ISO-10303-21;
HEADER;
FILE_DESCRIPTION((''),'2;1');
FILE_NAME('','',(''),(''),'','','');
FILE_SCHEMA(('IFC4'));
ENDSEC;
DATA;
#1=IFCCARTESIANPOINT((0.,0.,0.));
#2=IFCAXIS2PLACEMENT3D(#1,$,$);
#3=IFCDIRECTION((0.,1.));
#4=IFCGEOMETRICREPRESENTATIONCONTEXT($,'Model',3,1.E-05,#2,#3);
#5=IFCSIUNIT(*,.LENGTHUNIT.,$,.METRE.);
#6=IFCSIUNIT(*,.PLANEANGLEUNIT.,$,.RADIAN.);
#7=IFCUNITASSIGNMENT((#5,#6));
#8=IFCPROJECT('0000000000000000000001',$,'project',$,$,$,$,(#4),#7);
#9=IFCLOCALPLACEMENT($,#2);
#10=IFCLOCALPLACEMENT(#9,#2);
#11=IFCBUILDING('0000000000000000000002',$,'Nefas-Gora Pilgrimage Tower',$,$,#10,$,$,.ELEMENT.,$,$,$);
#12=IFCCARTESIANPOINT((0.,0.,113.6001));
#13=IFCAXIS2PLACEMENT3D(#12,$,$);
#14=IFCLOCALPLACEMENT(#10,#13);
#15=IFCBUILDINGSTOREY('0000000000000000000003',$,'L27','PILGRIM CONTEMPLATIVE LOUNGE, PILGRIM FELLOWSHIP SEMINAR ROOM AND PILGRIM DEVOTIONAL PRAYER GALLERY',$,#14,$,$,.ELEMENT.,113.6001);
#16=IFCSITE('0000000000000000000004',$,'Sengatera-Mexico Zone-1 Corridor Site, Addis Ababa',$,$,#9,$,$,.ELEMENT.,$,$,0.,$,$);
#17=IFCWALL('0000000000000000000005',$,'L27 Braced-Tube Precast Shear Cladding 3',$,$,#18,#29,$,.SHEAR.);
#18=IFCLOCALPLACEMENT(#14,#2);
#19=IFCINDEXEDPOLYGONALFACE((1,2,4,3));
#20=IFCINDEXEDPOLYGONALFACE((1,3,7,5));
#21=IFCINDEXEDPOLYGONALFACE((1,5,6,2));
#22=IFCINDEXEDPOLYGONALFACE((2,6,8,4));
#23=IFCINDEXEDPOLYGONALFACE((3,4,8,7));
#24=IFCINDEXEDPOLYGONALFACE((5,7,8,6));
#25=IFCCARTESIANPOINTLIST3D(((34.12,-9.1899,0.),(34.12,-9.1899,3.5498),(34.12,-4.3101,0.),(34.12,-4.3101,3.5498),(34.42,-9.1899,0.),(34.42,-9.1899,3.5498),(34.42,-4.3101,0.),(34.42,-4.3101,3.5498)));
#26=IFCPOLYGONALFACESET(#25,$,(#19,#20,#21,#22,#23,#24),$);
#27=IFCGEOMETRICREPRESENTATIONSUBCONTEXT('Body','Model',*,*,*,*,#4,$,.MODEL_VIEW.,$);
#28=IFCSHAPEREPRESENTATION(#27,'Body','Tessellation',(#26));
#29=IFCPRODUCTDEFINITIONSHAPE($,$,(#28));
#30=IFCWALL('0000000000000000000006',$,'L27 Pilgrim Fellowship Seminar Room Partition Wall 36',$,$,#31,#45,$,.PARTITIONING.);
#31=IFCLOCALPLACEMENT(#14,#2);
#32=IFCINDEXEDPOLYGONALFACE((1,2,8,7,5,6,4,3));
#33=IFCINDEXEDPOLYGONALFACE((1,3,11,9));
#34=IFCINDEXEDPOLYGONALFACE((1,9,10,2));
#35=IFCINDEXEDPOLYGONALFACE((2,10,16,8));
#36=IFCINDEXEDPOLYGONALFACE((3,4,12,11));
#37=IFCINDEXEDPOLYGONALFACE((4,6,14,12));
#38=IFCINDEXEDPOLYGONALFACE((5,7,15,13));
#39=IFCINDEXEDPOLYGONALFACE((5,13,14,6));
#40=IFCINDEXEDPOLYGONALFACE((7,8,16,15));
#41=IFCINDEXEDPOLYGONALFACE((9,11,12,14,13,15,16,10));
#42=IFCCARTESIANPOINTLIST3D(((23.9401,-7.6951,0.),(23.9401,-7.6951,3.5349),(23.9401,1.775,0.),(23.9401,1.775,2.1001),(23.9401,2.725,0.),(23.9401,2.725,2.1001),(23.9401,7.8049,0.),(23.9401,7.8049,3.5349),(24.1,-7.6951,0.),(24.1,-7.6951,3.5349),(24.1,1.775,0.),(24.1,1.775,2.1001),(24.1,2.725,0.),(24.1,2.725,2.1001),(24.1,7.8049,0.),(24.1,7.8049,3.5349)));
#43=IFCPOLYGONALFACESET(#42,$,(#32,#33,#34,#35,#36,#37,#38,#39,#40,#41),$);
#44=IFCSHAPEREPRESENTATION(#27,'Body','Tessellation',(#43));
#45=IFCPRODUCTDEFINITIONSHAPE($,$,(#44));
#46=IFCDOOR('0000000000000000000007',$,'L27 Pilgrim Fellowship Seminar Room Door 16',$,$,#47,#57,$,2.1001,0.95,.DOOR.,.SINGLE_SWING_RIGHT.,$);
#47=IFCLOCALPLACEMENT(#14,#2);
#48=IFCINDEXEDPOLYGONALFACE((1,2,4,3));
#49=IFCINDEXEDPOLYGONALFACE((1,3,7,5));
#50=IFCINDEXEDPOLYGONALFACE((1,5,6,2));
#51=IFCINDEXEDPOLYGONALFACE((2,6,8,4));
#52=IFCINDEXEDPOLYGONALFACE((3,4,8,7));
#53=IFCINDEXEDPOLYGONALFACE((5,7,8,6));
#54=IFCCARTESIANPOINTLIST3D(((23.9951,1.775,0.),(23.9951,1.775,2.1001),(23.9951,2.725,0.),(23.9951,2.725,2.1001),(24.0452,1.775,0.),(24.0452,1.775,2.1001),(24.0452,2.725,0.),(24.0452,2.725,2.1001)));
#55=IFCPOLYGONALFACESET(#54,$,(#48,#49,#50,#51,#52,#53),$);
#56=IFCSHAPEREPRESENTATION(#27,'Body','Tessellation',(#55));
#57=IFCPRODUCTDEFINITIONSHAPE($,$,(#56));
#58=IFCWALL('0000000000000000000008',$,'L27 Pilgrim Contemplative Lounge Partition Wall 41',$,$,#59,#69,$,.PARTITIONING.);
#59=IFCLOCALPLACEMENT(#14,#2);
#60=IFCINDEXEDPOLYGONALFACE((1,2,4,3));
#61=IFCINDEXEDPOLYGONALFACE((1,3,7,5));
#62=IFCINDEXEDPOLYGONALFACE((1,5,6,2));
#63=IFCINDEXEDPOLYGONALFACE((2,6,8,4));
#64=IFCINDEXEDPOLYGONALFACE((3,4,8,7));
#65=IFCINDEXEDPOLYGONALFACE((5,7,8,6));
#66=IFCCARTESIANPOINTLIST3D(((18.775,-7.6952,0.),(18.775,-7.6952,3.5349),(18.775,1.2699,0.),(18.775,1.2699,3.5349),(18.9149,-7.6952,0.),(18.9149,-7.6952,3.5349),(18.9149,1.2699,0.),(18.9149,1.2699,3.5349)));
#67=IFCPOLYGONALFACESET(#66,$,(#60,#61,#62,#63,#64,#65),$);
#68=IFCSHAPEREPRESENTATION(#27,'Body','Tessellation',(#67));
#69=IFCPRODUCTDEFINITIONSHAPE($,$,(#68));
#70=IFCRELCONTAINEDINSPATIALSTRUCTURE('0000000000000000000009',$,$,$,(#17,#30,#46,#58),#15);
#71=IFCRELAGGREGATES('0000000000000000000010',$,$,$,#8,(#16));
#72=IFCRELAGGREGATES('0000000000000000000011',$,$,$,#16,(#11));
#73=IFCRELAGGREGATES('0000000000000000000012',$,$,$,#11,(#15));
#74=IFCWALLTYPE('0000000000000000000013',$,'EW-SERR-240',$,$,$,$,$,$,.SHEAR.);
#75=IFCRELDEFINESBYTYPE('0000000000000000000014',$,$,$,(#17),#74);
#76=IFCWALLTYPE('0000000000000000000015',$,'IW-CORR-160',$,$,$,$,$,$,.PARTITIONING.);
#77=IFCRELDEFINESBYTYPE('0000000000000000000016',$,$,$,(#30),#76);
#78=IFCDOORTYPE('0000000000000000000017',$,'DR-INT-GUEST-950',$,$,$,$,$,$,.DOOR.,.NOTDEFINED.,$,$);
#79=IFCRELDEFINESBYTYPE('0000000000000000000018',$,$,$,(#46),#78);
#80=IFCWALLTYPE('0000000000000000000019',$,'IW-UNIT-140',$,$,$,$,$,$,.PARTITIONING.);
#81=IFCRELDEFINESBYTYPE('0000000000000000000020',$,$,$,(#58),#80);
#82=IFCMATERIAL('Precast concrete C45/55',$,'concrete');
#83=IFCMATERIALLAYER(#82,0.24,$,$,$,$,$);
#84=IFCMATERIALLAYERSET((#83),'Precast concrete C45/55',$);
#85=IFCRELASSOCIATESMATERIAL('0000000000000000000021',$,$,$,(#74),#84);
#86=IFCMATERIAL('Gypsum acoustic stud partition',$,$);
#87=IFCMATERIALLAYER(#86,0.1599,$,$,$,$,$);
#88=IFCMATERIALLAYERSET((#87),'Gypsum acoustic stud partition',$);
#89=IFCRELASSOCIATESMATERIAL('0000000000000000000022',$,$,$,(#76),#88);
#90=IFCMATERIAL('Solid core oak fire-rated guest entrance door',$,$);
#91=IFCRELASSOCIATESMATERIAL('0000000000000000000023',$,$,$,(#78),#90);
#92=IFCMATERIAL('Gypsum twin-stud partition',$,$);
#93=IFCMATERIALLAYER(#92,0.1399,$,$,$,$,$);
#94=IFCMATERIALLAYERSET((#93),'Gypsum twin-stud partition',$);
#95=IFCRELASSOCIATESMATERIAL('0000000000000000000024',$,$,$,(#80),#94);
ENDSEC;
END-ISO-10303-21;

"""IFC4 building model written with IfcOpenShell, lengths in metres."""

from ifc_helpers import new_model, si_unit, direction, frame, frame_2d, origin, place, context, subcontext, project, spatial, rectangle, extrude, source, transform, mapped, material, layer, layer_set, type_object, element, fill, save


model = new_model("IFC4")

# Units and contexts
model_context = context("Model", 3, precision=1e-05, world=origin(), true_north=direction((0.0, 1.0)))
body_context = subcontext(model_context, "Body", "Model", "MODEL_VIEW")
ifc_project = project(units=[si_unit("LENGTHUNIT", "METRE"), si_unit("PLANEANGLEUNIT", "RADIAN")], contexts=[model_context])

# Site, building, storey
site_placement = place(None, origin())
site = spatial("IfcSite", under=ifc_project, at=site_placement, Name="Sengatera-Mexico Zone-1 Corridor Site, Addis Ababa", CompositionType="ELEMENT", RefElevation=0.0)
building_placement = place(site_placement, origin())
building = spatial("IfcBuilding", under=site, at=building_placement, Name="Nefas-Gora Pilgrimage Tower", CompositionType="ELEMENT")
storey_placement = place(building_placement, frame((0.0, 0.0, 113.6001)))
storey = spatial("IfcBuildingStorey", under=building, at=storey_placement, Name="L27", Description="PILGRIM CONTEMPLATIVE LOUNGE, PILGRIM FELLOWSHIP SEMINAR ROOM AND PILGRIM DEVOTIONAL PRAYER GALLERY", CompositionType="ELEMENT", Elevation=113.6001)

# Wall
ifc_material_1 = material(Name="Precast concrete C45/55", Category="concrete")
ifc_layer_1 = layer(ifc_material_1, 0.24)
ifc_layer_set_1 = layer_set([ifc_layer_1], Name="Precast concrete C45/55")
wall_type_1 = type_object("IfcWallType", Name="EW-SERR-240", PredefinedType="SHEAR", material=ifc_layer_set_1)
shared_shape_1 = source(origin(), body_context, "Body", "SweptSolid", [
    extrude(rectangle(XDim=4.8799, YDim=0.3, at=frame_2d((2.4399, 0.0))), origin(), (0.0, 0.0, 1.0), 3.5498),
])
wall_1_placement = place(storey_placement, frame((34.27, -9.1899, 0.0), z_axis=(0.0, 0.0, 1.0), x_axis=(0.0, 1.0, 0.0)))
element("IfcWall", 1, at=wall_1_placement, inside=storey, type_object=wall_type_1, Name="L27 Braced-Tube Precast Shear Cladding 3", PredefinedType="SHEAR", context=body_context, shape_type="MappedRepresentation", body=[
    mapped(shared_shape_1, transform((0.0, 0.0, 0.0), x_axis=(1.0, 0.0, 0.0), y_axis=(0.0, 1.0, 0.0), z_axis=(0.0, 0.0, 1.0), scale=1.0)),
])

# Wall, opening, door
ifc_material_2 = material(Name="Gypsum acoustic stud partition")
ifc_layer_2 = layer(ifc_material_2, 0.1599)
ifc_layer_set_2 = layer_set([ifc_layer_2], Name="Gypsum acoustic stud partition")
wall_type_2 = type_object("IfcWallType", Name="IW-CORR-160", PredefinedType="PARTITIONING", material=ifc_layer_set_2)
shared_shape_2 = source(origin(), body_context, "Body", "SweptSolid", [
    extrude(rectangle(XDim=15.5, YDim=0.1599, at=frame_2d((7.75, 0.0))), origin(), (0.0, 0.0, 1.0), 3.5349),
])
wall_2_placement = place(storey_placement, frame((24.02, -7.6951, 0.0), z_axis=(0.0, 0.0, 1.0), x_axis=(0.0, 1.0, 0.0)))
wall_2 = element("IfcWall", 2, at=wall_2_placement, inside=storey, type_object=wall_type_2, Name="L27 Pilgrim Fellowship Seminar Room Partition Wall 36", PredefinedType="PARTITIONING", context=body_context, shape_type="MappedRepresentation", body=[
    mapped(shared_shape_2, transform((0.0, 0.0, 0.0), x_axis=(1.0, 0.0, 0.0), y_axis=(0.0, 1.0, 0.0), z_axis=(0.0, 0.0, 1.0), scale=1.0)),
])
opening_placement = place(wall_2_placement, frame((9.47, 0.0, 0.0)))
opening = element("IfcOpeningElement", 3, at=opening_placement, cuts=wall_2, PredefinedType="OPENING", context=body_context, shape_type="SweptSolid", body=[
    extrude(rectangle(XDim=0.95, YDim=2.1001, at=frame_2d((0.4751, 1.05))), frame((0.0, 0.0898, 0.0), z_axis=(0.0, -1.0, 0.0), x_axis=(1.0, 0.0, 0.0)), (0.0, 0.0, 1.0), 0.1799),
])
ifc_material_3 = material(Name="Solid core oak fire-rated guest entrance door")
door_type = type_object("IfcDoorType", Name="DR-INT-GUEST-950", OperationType="NOTDEFINED", PredefinedType="DOOR", material=ifc_material_3)
shared_shape_3 = source(origin(), body_context, "Body", "SweptSolid", [
    extrude(rectangle(XDim=0.95, YDim=2.1001, at=frame_2d((0.4751, 1.05))), frame((0.0, 0.0249, 0.0), z_axis=(0.0, -1.0, 0.0), x_axis=(1.0, 0.0, 0.0)), (0.0, 0.0, 1.0), 0.05),
])
door_placement = place(opening_placement, origin())
door = element("IfcDoor", 4, at=door_placement, inside=storey, type_object=door_type, Name="L27 Pilgrim Fellowship Seminar Room Door 16", OperationType="SINGLE_SWING_RIGHT", OverallHeight=2.1001, OverallWidth=0.95, PredefinedType="DOOR", context=body_context, shape_type="MappedRepresentation", body=[
    mapped(shared_shape_3, transform((0.0, 0.0, 0.0), x_axis=(1.0, 0.0, 0.0), y_axis=(0.0, 1.0, 0.0), z_axis=(0.0, 0.0, 1.0), scale=1.0)),
])
fill(opening, door)

# Wall
ifc_material_4 = material(Name="Gypsum twin-stud partition")
ifc_layer_3 = layer(ifc_material_4, 0.1399)
ifc_layer_set_3 = layer_set([ifc_layer_3], Name="Gypsum twin-stud partition")
wall_type_3 = type_object("IfcWallType", Name="IW-UNIT-140", PredefinedType="PARTITIONING", material=ifc_layer_set_3)
shared_shape_4 = source(origin(), body_context, "Body", "SweptSolid", [
    extrude(rectangle(XDim=8.9651, YDim=0.1399, at=frame_2d((4.4824, 0.0))), origin(), (0.0, 0.0, 1.0), 3.5349),
])
wall_3_placement = place(storey_placement, frame((18.845, -7.6951, 0.0), z_axis=(0.0, 0.0, 1.0), x_axis=(0.0, 1.0, 0.0)))
element("IfcWall", 5, at=wall_3_placement, inside=storey, type_object=wall_type_3, Name="L27 Pilgrim Contemplative Lounge Partition Wall 41", PredefinedType="PARTITIONING", context=body_context, shape_type="MappedRepresentation", body=[
    mapped(shared_shape_4, transform((0.0, 0.0, 0.0), x_axis=(1.0, 0.0, 0.0), y_axis=(0.0, 1.0, 0.0), z_axis=(0.0, 0.0, 1.0), scale=1.0)),
])

save(model, "model.ifc")
